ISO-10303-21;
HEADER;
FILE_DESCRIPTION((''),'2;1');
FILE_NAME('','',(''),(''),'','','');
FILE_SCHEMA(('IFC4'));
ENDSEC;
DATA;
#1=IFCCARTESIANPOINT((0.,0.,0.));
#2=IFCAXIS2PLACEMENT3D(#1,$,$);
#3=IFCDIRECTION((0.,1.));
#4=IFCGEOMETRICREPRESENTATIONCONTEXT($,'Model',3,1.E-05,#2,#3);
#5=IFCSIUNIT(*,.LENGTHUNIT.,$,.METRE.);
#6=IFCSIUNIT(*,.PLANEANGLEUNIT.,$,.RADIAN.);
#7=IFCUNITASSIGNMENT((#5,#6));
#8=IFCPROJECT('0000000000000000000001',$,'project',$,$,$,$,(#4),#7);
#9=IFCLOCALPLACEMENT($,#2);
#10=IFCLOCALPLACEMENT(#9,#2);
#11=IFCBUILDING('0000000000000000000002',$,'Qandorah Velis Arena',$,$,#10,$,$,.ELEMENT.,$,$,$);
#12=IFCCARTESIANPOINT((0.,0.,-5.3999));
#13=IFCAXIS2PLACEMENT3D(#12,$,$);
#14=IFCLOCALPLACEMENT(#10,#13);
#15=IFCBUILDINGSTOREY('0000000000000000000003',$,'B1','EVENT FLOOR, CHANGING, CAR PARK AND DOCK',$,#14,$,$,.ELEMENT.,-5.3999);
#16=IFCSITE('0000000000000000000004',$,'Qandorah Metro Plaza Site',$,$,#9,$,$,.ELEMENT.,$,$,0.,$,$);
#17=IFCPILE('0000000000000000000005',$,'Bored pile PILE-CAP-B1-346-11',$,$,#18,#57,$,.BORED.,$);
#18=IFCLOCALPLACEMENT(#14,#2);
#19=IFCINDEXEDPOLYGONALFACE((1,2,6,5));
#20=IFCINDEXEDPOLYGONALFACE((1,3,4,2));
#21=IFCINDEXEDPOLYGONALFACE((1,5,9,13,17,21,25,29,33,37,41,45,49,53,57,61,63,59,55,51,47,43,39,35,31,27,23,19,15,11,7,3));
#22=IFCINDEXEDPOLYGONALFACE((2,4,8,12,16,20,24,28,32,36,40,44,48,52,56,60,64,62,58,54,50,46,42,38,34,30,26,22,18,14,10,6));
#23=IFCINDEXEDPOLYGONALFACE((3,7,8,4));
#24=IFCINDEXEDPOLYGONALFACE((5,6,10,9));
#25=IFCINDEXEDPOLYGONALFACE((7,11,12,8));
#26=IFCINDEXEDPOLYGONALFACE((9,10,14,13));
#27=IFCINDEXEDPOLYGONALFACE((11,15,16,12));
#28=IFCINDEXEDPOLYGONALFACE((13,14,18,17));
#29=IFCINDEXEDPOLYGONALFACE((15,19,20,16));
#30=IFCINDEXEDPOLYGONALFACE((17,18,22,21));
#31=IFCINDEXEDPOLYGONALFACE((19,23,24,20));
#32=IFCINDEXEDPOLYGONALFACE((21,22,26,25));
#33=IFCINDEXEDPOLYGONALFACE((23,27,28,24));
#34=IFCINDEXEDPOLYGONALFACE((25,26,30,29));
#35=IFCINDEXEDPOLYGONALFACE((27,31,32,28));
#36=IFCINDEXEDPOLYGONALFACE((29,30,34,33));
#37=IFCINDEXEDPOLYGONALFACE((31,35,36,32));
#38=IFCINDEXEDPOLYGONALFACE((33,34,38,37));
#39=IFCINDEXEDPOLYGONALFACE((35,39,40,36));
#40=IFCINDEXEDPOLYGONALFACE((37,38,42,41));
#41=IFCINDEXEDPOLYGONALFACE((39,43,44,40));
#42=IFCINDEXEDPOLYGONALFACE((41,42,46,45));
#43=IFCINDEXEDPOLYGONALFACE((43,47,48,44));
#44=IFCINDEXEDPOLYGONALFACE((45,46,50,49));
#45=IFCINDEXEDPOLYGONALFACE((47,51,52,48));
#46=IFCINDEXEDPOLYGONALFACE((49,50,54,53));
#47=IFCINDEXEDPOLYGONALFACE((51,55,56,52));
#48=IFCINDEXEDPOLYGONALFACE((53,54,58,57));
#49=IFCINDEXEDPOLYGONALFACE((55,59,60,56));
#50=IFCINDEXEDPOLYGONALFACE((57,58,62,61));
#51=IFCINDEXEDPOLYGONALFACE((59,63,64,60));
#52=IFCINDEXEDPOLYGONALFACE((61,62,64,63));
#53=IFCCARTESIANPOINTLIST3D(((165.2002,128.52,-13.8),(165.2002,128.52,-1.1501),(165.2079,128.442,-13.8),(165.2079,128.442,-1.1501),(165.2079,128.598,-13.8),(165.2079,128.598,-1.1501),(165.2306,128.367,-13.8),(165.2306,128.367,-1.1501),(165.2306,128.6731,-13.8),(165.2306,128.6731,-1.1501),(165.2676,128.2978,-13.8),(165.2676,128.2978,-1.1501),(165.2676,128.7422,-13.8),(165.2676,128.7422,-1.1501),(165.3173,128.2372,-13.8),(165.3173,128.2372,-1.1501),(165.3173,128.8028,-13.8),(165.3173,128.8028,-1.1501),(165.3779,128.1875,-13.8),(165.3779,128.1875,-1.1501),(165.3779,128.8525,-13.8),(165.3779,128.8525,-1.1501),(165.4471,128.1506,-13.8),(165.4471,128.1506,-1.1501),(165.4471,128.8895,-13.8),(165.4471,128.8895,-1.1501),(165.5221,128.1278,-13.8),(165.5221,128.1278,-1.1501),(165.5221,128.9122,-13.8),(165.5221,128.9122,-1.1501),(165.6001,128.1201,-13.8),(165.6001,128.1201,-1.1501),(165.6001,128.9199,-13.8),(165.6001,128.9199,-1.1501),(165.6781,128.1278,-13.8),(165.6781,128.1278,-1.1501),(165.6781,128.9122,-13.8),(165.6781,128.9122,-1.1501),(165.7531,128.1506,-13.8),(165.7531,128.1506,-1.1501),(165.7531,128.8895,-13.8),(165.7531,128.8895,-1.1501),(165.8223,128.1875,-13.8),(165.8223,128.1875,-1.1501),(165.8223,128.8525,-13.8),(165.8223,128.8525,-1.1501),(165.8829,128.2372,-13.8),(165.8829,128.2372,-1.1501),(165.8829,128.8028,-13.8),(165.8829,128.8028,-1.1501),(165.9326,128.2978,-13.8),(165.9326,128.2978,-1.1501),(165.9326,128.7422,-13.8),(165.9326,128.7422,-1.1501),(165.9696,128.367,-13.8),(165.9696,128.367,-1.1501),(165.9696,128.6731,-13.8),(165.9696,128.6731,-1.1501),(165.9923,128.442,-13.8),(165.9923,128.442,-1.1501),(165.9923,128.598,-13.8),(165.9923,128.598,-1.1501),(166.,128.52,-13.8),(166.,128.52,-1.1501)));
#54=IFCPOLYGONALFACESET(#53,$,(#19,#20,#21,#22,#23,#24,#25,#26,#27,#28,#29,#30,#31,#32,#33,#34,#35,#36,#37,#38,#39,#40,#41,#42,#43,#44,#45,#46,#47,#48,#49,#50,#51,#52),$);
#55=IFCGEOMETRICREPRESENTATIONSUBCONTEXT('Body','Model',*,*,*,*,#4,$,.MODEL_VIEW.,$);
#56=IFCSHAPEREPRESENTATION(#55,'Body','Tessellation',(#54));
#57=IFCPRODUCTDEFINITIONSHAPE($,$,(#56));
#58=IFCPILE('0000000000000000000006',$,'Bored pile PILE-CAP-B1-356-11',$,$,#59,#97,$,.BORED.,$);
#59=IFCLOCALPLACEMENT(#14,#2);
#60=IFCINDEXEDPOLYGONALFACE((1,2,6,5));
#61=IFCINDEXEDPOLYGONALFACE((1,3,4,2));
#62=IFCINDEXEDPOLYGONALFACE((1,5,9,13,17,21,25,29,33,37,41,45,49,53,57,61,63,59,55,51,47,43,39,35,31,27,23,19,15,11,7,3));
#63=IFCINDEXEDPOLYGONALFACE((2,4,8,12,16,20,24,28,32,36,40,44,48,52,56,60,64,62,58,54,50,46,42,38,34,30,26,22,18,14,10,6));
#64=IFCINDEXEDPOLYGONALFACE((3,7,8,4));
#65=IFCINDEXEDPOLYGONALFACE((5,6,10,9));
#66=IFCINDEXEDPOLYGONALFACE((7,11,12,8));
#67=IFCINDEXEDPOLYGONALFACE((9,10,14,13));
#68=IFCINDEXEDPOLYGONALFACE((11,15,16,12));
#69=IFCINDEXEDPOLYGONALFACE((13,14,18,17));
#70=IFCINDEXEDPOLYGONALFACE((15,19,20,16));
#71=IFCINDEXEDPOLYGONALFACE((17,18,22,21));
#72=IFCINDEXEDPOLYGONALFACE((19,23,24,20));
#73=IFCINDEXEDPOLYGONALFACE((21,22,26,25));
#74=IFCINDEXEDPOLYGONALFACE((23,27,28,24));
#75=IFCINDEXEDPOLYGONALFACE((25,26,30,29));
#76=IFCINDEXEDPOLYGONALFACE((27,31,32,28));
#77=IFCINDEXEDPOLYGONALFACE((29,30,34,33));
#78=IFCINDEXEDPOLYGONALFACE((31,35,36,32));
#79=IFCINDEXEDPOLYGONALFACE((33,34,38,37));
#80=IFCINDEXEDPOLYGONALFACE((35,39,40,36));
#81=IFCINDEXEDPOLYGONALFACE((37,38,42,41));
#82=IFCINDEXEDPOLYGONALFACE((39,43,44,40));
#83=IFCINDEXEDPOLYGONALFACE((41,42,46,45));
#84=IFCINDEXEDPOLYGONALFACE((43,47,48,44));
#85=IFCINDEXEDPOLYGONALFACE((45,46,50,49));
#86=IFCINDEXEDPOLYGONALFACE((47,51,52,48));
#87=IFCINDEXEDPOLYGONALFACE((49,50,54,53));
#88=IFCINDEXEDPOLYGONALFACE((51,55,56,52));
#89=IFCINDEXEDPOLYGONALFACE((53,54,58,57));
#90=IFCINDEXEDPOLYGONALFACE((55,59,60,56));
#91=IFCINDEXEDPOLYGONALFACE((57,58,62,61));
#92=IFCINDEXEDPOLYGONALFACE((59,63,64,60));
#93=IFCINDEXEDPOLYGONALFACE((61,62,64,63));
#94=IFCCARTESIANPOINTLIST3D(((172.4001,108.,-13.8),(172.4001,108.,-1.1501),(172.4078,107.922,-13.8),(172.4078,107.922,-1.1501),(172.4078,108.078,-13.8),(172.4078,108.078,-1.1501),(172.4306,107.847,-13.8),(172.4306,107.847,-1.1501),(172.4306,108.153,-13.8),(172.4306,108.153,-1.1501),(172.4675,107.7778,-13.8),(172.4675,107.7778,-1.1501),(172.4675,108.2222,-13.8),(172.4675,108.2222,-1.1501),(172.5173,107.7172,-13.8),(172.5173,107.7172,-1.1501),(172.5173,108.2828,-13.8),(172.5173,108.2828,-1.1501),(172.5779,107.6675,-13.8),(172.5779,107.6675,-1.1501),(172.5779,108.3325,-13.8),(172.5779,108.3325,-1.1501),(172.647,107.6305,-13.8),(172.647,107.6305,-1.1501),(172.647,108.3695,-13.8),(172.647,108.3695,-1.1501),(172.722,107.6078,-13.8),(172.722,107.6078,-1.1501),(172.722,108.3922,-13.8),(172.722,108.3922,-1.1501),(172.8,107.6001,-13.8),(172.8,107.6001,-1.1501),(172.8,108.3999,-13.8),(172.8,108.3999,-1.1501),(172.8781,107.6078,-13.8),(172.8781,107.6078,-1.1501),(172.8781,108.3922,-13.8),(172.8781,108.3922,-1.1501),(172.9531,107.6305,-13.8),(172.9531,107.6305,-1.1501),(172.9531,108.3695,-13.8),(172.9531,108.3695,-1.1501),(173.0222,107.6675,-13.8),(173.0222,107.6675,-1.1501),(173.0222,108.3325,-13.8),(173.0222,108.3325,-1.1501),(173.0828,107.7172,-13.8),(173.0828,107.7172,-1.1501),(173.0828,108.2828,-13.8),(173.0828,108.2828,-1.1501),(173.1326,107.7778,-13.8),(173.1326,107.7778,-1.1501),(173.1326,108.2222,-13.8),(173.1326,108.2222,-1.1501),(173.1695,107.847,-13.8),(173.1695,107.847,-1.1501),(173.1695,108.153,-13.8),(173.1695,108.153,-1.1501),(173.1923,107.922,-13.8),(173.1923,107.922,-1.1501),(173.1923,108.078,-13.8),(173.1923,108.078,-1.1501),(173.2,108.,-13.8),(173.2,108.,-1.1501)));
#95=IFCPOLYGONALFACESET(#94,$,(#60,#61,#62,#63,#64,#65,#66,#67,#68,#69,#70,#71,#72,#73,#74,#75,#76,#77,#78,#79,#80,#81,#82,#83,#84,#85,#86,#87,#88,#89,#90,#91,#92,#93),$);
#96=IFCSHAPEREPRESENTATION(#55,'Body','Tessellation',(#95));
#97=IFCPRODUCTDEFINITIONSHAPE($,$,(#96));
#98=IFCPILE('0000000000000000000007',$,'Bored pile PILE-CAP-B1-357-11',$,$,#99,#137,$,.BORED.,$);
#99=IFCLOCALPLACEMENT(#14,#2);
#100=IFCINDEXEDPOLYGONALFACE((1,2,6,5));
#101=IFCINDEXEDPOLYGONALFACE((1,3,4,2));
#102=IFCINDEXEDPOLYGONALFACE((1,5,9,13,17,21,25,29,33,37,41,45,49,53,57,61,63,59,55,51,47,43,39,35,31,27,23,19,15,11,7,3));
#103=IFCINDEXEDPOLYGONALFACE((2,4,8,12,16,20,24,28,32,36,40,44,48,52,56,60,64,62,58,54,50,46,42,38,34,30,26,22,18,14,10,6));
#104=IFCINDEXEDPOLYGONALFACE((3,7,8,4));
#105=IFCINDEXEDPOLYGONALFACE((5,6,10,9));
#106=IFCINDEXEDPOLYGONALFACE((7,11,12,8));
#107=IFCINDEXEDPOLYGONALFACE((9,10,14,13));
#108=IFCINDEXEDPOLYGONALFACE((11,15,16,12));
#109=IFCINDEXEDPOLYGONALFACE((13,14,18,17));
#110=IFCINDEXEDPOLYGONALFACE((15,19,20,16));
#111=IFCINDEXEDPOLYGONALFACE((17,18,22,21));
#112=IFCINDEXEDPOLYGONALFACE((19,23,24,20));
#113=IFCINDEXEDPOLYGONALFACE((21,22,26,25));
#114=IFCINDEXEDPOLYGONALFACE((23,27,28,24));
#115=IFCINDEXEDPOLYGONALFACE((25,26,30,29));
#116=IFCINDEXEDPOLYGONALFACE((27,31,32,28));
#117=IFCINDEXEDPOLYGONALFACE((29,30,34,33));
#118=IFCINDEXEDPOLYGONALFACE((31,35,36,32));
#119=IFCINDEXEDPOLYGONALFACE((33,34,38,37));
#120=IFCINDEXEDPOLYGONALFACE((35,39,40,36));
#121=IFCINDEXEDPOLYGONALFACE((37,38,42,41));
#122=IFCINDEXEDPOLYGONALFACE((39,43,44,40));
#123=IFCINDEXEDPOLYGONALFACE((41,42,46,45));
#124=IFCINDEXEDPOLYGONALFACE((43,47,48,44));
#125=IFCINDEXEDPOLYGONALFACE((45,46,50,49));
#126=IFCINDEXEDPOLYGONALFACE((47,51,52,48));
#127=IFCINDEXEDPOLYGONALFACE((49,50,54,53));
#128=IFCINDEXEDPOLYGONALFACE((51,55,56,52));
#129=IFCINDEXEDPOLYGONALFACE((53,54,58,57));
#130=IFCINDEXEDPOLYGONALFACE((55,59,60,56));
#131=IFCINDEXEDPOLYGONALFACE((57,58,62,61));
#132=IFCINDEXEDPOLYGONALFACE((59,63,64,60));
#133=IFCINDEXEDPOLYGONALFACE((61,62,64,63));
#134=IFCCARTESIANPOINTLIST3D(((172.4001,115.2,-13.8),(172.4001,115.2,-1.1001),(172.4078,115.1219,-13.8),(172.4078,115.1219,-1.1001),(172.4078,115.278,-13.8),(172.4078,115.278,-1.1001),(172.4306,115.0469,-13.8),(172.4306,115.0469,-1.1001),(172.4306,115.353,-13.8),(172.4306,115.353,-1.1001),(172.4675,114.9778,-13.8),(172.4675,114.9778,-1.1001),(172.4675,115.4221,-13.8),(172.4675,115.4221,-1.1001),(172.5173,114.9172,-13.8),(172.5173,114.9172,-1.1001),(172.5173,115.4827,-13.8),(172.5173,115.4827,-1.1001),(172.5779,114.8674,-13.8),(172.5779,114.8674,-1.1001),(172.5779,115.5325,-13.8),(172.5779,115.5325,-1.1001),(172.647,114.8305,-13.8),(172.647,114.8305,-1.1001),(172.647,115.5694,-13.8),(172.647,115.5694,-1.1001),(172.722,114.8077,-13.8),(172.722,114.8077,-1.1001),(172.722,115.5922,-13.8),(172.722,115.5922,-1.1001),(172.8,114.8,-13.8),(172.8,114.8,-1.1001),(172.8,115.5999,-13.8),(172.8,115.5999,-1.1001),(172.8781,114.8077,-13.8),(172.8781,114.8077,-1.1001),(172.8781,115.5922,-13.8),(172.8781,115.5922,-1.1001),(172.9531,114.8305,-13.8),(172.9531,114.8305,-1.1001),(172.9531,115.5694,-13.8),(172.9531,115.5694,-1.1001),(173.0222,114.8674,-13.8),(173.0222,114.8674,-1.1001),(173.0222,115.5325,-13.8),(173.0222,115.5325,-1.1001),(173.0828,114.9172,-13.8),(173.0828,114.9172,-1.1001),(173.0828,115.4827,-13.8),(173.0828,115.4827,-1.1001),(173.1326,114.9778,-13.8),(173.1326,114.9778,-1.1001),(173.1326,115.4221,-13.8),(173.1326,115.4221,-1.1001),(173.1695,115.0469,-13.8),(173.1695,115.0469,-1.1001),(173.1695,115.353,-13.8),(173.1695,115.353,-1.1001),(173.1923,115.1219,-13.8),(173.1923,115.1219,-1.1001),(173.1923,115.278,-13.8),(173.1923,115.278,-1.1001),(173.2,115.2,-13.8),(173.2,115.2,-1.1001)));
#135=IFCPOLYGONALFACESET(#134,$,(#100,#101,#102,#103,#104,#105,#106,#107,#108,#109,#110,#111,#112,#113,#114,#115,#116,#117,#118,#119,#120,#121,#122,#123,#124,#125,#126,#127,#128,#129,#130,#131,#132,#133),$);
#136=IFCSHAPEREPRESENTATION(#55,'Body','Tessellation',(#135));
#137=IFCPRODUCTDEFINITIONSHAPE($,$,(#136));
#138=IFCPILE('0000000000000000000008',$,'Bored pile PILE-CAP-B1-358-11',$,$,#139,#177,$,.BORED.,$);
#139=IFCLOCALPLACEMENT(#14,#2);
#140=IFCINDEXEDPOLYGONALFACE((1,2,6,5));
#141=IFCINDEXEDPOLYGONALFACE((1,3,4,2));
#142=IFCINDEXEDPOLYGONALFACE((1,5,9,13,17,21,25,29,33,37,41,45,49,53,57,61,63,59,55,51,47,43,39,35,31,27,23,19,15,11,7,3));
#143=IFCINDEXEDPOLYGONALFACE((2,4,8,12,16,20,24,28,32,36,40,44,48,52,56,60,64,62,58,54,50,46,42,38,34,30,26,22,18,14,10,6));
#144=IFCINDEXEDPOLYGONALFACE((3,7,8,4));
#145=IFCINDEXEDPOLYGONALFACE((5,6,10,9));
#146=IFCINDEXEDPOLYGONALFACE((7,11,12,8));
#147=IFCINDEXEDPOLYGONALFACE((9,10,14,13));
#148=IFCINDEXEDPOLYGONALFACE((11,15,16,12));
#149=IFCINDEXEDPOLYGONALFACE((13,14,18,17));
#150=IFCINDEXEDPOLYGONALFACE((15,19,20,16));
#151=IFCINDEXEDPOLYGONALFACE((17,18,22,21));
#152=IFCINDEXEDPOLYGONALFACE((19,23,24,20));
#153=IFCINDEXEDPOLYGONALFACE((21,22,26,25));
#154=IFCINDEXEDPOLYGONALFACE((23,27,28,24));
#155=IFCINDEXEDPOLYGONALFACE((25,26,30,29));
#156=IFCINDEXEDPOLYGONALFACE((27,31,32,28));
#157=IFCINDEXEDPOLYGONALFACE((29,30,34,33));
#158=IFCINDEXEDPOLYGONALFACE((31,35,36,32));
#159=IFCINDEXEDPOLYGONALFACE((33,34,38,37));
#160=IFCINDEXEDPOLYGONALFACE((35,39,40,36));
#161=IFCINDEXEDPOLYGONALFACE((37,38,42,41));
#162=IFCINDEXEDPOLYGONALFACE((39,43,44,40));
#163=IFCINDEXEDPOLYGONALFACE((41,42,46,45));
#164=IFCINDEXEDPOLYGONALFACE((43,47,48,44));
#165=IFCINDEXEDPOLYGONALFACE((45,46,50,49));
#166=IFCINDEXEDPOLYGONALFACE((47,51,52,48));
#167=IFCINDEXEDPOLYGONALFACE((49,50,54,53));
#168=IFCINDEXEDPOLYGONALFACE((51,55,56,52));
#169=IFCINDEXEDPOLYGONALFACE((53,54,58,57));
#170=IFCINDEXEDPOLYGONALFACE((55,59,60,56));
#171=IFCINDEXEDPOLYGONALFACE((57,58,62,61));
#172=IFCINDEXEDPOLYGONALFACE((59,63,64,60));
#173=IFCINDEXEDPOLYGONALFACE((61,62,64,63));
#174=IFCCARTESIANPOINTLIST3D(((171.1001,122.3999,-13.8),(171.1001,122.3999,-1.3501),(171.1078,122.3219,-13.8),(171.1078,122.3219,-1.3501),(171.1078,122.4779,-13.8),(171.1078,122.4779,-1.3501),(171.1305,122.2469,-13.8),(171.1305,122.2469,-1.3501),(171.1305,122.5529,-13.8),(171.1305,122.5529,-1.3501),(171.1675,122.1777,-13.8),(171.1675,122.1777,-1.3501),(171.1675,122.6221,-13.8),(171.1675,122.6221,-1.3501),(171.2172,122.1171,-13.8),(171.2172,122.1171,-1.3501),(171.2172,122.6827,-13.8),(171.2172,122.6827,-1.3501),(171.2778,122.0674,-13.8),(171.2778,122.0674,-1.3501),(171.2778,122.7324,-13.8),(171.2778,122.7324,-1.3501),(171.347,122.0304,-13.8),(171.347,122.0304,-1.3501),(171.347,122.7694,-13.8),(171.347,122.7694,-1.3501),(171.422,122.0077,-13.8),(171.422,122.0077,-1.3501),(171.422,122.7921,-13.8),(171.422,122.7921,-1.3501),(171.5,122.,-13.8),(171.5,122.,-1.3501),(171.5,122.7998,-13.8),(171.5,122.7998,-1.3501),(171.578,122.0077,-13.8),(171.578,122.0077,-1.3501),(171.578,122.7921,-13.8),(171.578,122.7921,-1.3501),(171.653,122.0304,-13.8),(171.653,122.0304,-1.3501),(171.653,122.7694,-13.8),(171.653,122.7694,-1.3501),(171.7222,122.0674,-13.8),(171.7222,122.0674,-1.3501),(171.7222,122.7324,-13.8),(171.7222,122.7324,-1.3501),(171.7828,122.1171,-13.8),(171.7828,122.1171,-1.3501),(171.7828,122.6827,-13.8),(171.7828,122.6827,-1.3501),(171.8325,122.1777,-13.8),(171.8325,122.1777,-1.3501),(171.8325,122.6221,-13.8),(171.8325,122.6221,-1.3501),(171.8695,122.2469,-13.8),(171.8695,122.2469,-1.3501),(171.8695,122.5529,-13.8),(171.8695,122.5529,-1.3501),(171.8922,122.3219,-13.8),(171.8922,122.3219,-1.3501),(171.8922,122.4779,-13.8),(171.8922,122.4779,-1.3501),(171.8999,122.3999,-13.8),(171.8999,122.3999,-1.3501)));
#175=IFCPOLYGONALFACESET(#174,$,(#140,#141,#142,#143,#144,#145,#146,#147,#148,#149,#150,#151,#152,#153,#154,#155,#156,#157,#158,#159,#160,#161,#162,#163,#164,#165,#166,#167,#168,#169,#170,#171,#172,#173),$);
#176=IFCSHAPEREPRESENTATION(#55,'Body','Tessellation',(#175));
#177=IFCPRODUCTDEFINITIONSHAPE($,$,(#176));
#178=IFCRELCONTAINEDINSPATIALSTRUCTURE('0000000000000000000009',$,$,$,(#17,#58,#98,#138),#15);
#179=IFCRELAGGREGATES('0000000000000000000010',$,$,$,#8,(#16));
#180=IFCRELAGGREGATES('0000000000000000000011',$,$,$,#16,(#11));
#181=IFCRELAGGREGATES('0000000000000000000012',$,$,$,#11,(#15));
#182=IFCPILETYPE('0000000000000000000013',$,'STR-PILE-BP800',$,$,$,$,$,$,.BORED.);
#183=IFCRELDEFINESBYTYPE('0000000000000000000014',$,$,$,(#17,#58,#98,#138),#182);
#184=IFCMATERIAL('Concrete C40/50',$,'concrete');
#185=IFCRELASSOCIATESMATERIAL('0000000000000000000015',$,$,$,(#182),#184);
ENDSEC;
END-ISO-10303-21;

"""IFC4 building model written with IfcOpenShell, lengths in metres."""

from ifc_helpers import new_model, si_unit, direction, frame, origin, origin_2d, place, context, subcontext, project, spatial, circle, extrude, material, material_profile, profile_set, type_object, element, save


model = new_model("IFC4")

# Units and contexts
model_context = context("Model", 3, precision=1e-05, world=origin(), true_north=direction((0.0, 1.0)))
body_context = subcontext(model_context, "Body", "Model", "MODEL_VIEW")
ifc_project = project(units=[si_unit("LENGTHUNIT", "METRE"), si_unit("PLANEANGLEUNIT", "RADIAN")], contexts=[model_context])

# Site, building, storey
site_placement = place(None, origin())
site = spatial("IfcSite", under=ifc_project, at=site_placement, Name="Qandorah Metro Plaza Site", CompositionType="ELEMENT", RefElevation=0.0)
building_placement = place(site_placement, origin())
building = spatial("IfcBuilding", under=site, at=building_placement, Name="Qandorah Velis Arena", CompositionType="ELEMENT")
storey_placement = place(building_placement, frame((0.0, 0.0, -5.3999)))
storey = spatial("IfcBuildingStorey", under=building, at=storey_placement, Name="B1", Description="EVENT FLOOR, CHANGING, CAR PARK AND DOCK", CompositionType="ELEMENT", Elevation=-5.3999)

# Shared definitions
ifc_material_1 = material(Name="Concrete C40/50", Category="concrete")

# Piles
ifc_material_profile_1 = material_profile(ifc_material_1, circle(Radius=0.3999, at=origin_2d()), Name="BORED PILE D800")
ifc_profile_set_1 = profile_set([ifc_material_profile_1], Name="Concrete C40/50")
pile_type_1 = type_object("IfcPileType", Name="STR-PILE-BP800", PredefinedType="BORED", material=ifc_profile_set_1)
for number, where, z_axis, x_axis, name in (
    (1, (165.6001, 128.52, -1.1501), (0.0, 0.0, -1.0), (1.0, 0.0, 0.0), "Bored pile PILE-CAP-B1-346-11"),
    (2, (172.8, 108.0, -1.1501), (0.0, 0.0, -1.0), (1.0, 0.0, 0.0), "Bored pile PILE-CAP-B1-356-11"),
):
    element("IfcPile", number, at=place(storey_placement, frame(where, z_axis=z_axis, x_axis=x_axis)), inside=storey, type_object=pile_type_1, Name=name, PredefinedType="BORED", context=body_context, shape_type="SweptSolid", body=[
        extrude(circle(Radius=0.3999, at=origin_2d()), origin(), (0.0, 0.0, 1.0), 12.6499),
    ])
pile_1_placement = place(storey_placement, frame((172.8, 115.2, -1.1001), z_axis=(0.0, 0.0, -1.0), x_axis=(1.0, 0.0, 0.0)))
element("IfcPile", 3, at=pile_1_placement, inside=storey, type_object=pile_type_1, Name="Bored pile PILE-CAP-B1-357-11", PredefinedType="BORED", context=body_context, shape_type="SweptSolid", body=[
    extrude(circle(Radius=0.3999, at=origin_2d()), origin(), (0.0, 0.0, 1.0), 12.7),
])
for number, where, z_axis, x_axis, name in (
    (4, (171.5, 122.3999, -1.3501), (0.0, 0.0, -1.0), (1.0, 0.0, 0.0), "Bored pile PILE-CAP-B1-358-11"),
):
    element("IfcPile", number, at=place(storey_placement, frame(where, z_axis=z_axis, x_axis=x_axis)), inside=storey, type_object=pile_type_1, Name=name, PredefinedType="BORED", context=body_context, shape_type="SweptSolid", body=[
        extrude(circle(Radius=0.3999, at=origin_2d()), origin(), (0.0, 0.0, 1.0), 12.45),
    ])

save(model, "model.ifc")
